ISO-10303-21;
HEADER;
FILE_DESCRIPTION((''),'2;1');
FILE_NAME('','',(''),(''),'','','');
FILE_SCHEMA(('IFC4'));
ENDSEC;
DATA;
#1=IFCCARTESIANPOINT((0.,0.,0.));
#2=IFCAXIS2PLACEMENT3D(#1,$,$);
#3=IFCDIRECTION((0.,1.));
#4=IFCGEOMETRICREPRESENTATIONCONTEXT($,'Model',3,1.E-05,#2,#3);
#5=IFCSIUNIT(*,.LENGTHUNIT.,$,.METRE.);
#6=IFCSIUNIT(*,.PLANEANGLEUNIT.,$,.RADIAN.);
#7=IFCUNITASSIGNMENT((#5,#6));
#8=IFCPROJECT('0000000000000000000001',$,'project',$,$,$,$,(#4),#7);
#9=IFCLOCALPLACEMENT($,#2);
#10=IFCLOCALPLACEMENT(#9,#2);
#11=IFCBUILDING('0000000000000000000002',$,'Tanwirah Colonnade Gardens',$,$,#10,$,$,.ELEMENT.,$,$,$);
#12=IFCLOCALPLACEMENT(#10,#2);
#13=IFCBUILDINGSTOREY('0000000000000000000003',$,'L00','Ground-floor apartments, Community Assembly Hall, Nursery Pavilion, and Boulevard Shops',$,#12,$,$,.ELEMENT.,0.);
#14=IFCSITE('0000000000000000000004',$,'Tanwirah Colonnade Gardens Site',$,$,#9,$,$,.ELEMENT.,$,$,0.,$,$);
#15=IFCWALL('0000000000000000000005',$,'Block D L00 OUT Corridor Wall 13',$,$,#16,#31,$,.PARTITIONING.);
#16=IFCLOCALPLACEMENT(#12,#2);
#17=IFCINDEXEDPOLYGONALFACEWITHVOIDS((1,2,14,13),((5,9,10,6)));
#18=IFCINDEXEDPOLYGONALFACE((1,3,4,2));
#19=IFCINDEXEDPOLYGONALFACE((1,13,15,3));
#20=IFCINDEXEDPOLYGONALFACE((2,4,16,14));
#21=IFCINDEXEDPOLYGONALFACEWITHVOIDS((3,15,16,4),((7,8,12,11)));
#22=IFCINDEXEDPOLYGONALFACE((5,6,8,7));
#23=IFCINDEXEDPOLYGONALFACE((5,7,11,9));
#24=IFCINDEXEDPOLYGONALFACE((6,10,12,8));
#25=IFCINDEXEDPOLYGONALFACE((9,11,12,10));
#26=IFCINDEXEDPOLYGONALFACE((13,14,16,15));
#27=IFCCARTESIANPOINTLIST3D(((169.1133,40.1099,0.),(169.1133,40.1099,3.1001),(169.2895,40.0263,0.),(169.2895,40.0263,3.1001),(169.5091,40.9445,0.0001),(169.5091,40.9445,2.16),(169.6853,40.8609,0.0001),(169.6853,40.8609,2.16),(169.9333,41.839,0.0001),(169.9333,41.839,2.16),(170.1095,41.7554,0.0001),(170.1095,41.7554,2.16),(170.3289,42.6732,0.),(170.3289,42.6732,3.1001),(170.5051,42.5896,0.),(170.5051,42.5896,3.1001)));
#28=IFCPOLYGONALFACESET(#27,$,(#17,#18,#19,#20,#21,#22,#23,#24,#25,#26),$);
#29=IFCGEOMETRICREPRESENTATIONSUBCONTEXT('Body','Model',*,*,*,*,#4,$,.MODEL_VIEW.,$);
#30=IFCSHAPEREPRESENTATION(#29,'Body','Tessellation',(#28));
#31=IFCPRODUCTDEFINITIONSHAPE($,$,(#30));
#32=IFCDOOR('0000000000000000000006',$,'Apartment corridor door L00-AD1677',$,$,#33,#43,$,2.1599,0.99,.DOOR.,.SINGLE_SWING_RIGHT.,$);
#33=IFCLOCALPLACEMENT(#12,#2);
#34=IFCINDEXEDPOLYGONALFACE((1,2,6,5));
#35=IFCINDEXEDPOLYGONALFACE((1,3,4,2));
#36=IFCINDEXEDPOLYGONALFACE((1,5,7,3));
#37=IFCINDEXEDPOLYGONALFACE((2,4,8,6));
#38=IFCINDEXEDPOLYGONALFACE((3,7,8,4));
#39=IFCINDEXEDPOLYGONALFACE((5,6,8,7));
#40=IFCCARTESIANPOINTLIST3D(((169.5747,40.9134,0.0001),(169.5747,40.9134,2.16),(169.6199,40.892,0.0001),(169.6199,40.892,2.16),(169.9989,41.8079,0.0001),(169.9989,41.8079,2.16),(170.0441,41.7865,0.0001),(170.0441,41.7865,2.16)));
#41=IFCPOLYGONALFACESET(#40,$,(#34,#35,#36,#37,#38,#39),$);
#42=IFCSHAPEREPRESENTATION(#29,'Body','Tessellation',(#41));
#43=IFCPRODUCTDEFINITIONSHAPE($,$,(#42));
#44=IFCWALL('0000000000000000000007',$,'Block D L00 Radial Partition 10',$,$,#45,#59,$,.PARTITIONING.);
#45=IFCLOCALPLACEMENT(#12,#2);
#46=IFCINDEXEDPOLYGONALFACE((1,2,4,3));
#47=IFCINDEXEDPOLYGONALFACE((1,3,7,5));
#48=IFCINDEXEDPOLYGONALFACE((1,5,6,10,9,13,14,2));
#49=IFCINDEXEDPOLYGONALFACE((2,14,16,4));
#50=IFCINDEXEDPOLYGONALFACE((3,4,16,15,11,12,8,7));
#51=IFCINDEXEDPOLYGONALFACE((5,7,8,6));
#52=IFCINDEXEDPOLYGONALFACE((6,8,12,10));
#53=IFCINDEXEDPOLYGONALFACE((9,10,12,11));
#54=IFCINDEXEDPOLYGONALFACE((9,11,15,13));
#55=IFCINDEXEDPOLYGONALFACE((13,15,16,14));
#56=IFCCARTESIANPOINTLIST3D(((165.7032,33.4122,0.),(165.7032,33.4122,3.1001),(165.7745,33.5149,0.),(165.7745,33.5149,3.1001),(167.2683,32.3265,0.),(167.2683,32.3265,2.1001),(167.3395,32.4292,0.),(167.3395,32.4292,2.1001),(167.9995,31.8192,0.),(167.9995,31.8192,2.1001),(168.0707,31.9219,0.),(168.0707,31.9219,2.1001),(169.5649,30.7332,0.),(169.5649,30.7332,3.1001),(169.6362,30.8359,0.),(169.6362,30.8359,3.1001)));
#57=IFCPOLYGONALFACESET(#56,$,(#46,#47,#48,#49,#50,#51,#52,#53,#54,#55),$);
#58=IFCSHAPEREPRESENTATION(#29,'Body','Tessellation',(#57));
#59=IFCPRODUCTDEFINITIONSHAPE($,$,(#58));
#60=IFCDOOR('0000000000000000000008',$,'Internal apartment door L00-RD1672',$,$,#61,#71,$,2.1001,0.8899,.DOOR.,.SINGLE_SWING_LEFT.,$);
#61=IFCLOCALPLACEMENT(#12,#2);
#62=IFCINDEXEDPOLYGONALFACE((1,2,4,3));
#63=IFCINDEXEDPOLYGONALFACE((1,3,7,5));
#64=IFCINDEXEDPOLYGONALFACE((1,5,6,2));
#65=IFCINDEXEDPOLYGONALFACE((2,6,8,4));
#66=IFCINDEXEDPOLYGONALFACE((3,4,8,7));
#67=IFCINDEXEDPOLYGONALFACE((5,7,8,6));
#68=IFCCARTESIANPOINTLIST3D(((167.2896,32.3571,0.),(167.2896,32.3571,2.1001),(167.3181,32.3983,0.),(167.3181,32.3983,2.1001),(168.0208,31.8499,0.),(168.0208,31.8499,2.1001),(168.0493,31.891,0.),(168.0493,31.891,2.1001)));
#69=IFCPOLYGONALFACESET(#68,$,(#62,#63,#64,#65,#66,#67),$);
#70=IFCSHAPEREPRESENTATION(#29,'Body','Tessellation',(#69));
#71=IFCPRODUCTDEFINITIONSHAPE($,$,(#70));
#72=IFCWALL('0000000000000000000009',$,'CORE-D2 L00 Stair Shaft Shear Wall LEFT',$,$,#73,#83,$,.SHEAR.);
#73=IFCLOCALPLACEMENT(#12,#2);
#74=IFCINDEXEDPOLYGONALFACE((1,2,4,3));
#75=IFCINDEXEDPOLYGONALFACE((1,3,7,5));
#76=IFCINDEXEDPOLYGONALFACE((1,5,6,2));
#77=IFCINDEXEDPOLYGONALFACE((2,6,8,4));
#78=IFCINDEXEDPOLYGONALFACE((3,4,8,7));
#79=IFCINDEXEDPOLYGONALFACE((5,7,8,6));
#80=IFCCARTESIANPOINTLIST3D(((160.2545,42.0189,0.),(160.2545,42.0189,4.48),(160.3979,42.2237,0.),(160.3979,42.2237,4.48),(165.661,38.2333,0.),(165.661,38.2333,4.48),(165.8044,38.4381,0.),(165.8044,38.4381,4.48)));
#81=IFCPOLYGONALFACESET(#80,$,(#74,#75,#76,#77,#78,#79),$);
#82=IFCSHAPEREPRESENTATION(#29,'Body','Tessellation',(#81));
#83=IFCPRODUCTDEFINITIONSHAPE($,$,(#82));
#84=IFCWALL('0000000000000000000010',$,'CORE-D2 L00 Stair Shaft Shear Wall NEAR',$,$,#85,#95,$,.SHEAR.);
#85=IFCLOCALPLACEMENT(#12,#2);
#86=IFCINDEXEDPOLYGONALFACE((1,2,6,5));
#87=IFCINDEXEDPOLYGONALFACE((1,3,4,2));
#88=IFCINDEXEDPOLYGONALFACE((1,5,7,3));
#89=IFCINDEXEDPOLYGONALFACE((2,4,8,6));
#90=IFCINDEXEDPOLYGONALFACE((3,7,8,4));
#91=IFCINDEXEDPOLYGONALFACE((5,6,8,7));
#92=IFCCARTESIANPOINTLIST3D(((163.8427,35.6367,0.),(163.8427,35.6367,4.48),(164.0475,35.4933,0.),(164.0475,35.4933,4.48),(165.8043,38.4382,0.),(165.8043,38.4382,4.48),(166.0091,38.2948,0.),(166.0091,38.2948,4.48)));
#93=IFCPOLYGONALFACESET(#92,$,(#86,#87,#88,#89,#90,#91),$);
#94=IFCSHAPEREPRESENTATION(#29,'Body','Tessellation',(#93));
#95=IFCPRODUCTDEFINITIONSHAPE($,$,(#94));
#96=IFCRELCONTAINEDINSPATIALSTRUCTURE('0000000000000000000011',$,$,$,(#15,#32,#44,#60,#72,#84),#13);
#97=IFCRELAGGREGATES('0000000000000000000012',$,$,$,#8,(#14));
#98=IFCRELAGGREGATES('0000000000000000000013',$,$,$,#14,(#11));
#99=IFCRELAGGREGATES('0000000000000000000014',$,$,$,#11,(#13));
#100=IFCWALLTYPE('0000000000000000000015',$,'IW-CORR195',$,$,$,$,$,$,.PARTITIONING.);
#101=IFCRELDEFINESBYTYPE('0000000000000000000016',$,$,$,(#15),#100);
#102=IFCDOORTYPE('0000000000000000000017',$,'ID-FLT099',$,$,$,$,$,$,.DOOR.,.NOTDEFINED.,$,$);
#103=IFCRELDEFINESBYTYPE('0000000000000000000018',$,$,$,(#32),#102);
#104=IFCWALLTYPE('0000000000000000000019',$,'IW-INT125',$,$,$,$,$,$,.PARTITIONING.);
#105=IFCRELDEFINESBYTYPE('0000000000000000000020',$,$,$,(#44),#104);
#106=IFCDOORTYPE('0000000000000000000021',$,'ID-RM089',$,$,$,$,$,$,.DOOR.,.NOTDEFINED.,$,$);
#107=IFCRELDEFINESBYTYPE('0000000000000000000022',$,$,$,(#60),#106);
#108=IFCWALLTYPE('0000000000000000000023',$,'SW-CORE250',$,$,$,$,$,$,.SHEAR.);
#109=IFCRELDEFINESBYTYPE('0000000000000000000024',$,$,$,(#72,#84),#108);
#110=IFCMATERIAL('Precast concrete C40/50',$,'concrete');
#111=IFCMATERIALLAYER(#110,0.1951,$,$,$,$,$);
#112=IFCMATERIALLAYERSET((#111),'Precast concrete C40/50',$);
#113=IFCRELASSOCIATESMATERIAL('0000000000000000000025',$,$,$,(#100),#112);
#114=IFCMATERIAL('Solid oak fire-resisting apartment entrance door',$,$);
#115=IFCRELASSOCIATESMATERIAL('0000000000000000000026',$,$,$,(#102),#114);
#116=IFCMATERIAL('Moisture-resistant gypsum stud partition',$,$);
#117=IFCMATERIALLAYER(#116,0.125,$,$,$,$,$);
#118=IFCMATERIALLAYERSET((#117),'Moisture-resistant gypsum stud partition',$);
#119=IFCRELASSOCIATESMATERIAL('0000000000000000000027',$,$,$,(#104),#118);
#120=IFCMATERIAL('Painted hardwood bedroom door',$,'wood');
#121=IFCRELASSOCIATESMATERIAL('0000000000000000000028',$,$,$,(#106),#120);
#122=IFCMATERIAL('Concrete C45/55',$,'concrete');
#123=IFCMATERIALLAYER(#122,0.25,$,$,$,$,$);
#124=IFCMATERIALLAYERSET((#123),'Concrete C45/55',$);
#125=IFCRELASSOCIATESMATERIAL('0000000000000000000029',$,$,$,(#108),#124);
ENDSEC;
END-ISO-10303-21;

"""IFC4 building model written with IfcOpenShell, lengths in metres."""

from ifc_helpers import new_model, si_unit, direction, frame, frame_2d, origin, place, context, subcontext, project, spatial, rectangle, extrude, material, layer, layer_set, type_object, element, fill, save


model = new_model("IFC4")

# Units and contexts
model_context = context("Model", 3, precision=1e-05, world=origin(), true_north=direction((0.0, 1.0)))
body_context = subcontext(model_context, "Body", "Model", "MODEL_VIEW")
ifc_project = project(units=[si_unit("LENGTHUNIT", "METRE"), si_unit("PLANEANGLEUNIT", "RADIAN")], contexts=[model_context])

# Site, building, storey
site_placement = place(None, origin())
site = spatial("IfcSite", under=ifc_project, at=site_placement, Name="Tanwirah Colonnade Gardens Site", CompositionType="ELEMENT", RefElevation=0.0)
building_placement = place(site_placement, origin())
building = spatial("IfcBuilding", under=site, at=building_placement, Name="Tanwirah Colonnade Gardens", CompositionType="ELEMENT")
storey_placement = place(building_placement, origin())
storey = spatial("IfcBuildingStorey", under=building, at=storey_placement, Name="L00", Description="Ground-floor apartments, Community Assembly Hall, Nursery Pavilion, and Boulevard Shops", CompositionType="ELEMENT", Elevation=0.0)

# Shared definitions
ifc_material_1 = material(Name="Precast concrete C40/50", Category="concrete")

# Walls, openings, doors
ifc_layer_1 = layer(ifc_material_1, 0.1951)
ifc_layer_set_1 = layer_set([ifc_layer_1], Name="Precast concrete C40/50")
wall_type_1 = type_object("IfcWallType", Name="IW-CORR195", PredefinedType="PARTITIONING", material=ifc_layer_set_1)
ifc_material_2 = material(Name="Solid oak fire-resisting apartment entrance door")
wall_1_placement = place(storey_placement, frame((169.2014, 40.0681, 0.0), z_axis=(0.0, 0.0, 1.0), x_axis=(0.428493, 0.903545, 0.0)))
wall_1 = element("IfcWall", 1, at=wall_1_placement, inside=storey, type_object=wall_type_1, Name="Block D L00 OUT Corridor Wall 13", PredefinedType="PARTITIONING", context=body_context, shape_type="SweptSolid", body=[
    extrude(rectangle(XDim=2.8369, YDim=0.1951, at=frame_2d((1.4185, 0.0))), origin(), (0.0, 0.0, 1.0), 3.1001),
])
opening_1_placement = place(wall_1_placement, frame((0.9236, 0.0, 0.0)))
opening_1 = element("IfcOpeningElement", 2, at=opening_1_placement, cuts=wall_1, PredefinedType="OPENING", context=body_context, shape_type="SweptSolid", body=[
    extrude(rectangle(XDim=0.99, YDim=2.1599, at=frame_2d((0.4951, 1.0801))), frame((0.0, 0.1074, 0.0), z_axis=(0.0, -1.0, 0.0), x_axis=(1.0, 0.0, 0.0)), (0.0, 0.0, 1.0), 0.2151),
])
door_type_1 = type_object("IfcDoorType", Name="ID-FLT099", OperationType="NOTDEFINED", PredefinedType="DOOR", material=ifc_material_2)
door_1_placement = place(opening_1_placement, origin())
door_1 = element("IfcDoor", 3, at=door_1_placement, inside=storey, type_object=door_type_1, Name="Apartment corridor door L00-AD1677", OperationType="SINGLE_SWING_RIGHT", OverallHeight=2.1599, OverallWidth=0.99, PredefinedType="DOOR", context=body_context, shape_type="SweptSolid", body=[
    extrude(rectangle(XDim=0.99, YDim=2.1599, at=frame_2d((0.4951, 1.0801))), frame((0.0, 0.0249, 0.0), z_axis=(0.0, -1.0, 0.0), x_axis=(1.0, 0.0, 0.0)), (0.0, 0.0, 1.0), 0.05),
])
fill(opening_1, door_1)
ifc_material_3 = material(Name="Moisture-resistant gypsum stud partition")
ifc_layer_2 = layer(ifc_material_3, 0.125)
ifc_layer_set_2 = layer_set([ifc_layer_2], Name="Moisture-resistant gypsum stud partition")
wall_type_2 = type_object("IfcWallType", Name="IW-INT125", PredefinedType="PARTITIONING", material=ifc_layer_set_2)
wall_2_placement = place(storey_placement, frame((165.7388, 33.4636, 0.0), z_axis=(0.0, 0.0, 1.0), x_axis=(0.821638, -0.570009, 0.0)))
wall_2 = element("IfcWall", 4, at=wall_2_placement, inside=storey, type_object=wall_type_2, Name="Block D L00 Radial Partition 10", PredefinedType="PARTITIONING", context=body_context, shape_type="SweptSolid", body=[
    extrude(rectangle(XDim=4.7, YDim=0.125, at=frame_2d((2.3501, 0.0))), origin(), (0.0, 0.0, 1.0), 3.1001),
])
opening_2_placement = place(wall_2_placement, frame((1.905, 0.0, 0.0)))
opening_2 = element("IfcOpeningElement", 5, at=opening_2_placement, cuts=wall_2, PredefinedType="OPENING", context=body_context, shape_type="SweptSolid", body=[
    extrude(rectangle(XDim=0.8899, YDim=2.1001, at=frame_2d((0.4448, 1.05))), frame((0.0, 0.0725, 0.0), z_axis=(0.0, -1.0, 0.0), x_axis=(1.0, 0.0, 0.0)), (0.0, 0.0, 1.0), 0.145),
])
ifc_material_4 = material(Name="Painted hardwood bedroom door", Category="wood")
door_type_2 = type_object("IfcDoorType", Name="ID-RM089", OperationType="NOTDEFINED", PredefinedType="DOOR", material=ifc_material_4)
door_2_placement = place(opening_2_placement, origin())
door_2 = element("IfcDoor", 6, at=door_2_placement, inside=storey, type_object=door_type_2, Name="Internal apartment door L00-RD1672", OperationType="SINGLE_SWING_LEFT", OverallHeight=2.1001, OverallWidth=0.8899, PredefinedType="DOOR", context=body_context, shape_type="SweptSolid", body=[
    extrude(rectangle(XDim=0.8899, YDim=2.1001, at=frame_2d((0.4448, 1.05))), frame((0.0, 0.0249, 0.0), z_axis=(0.0, -1.0, 0.0), x_axis=(1.0, 0.0, 0.0)), (0.0, 0.0, 1.0), 0.05),
])
fill(opening_2, door_2)

# Walls
ifc_material_5 = material(Name="Concrete C45/55", Category="concrete")
ifc_layer_3 = layer(ifc_material_5, 0.25)
ifc_layer_set_3 = layer_set([ifc_layer_3], Name="Concrete C45/55")
wall_type_3 = type_object("IfcWallType", Name="SW-CORE250", PredefinedType="SHEAR", material=ifc_layer_set_3)
wall_3_placement = place(storey_placement, frame((165.7327, 38.3357, 0.0), z_axis=(0.0, 0.0, 1.0), x_axis=(-0.819154, 0.573574, 0.0)))
element("IfcWall", 7, at=wall_3_placement, inside=storey, type_object=wall_type_3, Name="CORE-D2 L00 Stair Shaft Shear Wall LEFT", PredefinedType="SHEAR", context=body_context, shape_type="SweptSolid", body=[
    extrude(rectangle(XDim=6.6001, YDim=0.25, at=frame_2d((3.3, 0.0))), origin(), (0.0, 0.0, 1.0), 4.48),
])
wall_4_placement = place(storey_placement, frame((165.9067, 38.3665, 0.0), z_axis=(0.0, 0.0, 1.0), x_axis=(-0.573582, -0.819148, 0.0)))
element("IfcWall", 8, at=wall_4_placement, inside=storey, type_object=wall_type_3, Name="CORE-D2 L00 Stair Shaft Shear Wall NEAR", PredefinedType="SHEAR", context=body_context, shape_type="SweptSolid", body=[
    extrude(rectangle(XDim=3.4199, YDim=0.25, at=frame_2d((1.71, 0.0))), origin(), (0.0, 0.0, 1.0), 4.48),
])

save(model, "model.ifc")
